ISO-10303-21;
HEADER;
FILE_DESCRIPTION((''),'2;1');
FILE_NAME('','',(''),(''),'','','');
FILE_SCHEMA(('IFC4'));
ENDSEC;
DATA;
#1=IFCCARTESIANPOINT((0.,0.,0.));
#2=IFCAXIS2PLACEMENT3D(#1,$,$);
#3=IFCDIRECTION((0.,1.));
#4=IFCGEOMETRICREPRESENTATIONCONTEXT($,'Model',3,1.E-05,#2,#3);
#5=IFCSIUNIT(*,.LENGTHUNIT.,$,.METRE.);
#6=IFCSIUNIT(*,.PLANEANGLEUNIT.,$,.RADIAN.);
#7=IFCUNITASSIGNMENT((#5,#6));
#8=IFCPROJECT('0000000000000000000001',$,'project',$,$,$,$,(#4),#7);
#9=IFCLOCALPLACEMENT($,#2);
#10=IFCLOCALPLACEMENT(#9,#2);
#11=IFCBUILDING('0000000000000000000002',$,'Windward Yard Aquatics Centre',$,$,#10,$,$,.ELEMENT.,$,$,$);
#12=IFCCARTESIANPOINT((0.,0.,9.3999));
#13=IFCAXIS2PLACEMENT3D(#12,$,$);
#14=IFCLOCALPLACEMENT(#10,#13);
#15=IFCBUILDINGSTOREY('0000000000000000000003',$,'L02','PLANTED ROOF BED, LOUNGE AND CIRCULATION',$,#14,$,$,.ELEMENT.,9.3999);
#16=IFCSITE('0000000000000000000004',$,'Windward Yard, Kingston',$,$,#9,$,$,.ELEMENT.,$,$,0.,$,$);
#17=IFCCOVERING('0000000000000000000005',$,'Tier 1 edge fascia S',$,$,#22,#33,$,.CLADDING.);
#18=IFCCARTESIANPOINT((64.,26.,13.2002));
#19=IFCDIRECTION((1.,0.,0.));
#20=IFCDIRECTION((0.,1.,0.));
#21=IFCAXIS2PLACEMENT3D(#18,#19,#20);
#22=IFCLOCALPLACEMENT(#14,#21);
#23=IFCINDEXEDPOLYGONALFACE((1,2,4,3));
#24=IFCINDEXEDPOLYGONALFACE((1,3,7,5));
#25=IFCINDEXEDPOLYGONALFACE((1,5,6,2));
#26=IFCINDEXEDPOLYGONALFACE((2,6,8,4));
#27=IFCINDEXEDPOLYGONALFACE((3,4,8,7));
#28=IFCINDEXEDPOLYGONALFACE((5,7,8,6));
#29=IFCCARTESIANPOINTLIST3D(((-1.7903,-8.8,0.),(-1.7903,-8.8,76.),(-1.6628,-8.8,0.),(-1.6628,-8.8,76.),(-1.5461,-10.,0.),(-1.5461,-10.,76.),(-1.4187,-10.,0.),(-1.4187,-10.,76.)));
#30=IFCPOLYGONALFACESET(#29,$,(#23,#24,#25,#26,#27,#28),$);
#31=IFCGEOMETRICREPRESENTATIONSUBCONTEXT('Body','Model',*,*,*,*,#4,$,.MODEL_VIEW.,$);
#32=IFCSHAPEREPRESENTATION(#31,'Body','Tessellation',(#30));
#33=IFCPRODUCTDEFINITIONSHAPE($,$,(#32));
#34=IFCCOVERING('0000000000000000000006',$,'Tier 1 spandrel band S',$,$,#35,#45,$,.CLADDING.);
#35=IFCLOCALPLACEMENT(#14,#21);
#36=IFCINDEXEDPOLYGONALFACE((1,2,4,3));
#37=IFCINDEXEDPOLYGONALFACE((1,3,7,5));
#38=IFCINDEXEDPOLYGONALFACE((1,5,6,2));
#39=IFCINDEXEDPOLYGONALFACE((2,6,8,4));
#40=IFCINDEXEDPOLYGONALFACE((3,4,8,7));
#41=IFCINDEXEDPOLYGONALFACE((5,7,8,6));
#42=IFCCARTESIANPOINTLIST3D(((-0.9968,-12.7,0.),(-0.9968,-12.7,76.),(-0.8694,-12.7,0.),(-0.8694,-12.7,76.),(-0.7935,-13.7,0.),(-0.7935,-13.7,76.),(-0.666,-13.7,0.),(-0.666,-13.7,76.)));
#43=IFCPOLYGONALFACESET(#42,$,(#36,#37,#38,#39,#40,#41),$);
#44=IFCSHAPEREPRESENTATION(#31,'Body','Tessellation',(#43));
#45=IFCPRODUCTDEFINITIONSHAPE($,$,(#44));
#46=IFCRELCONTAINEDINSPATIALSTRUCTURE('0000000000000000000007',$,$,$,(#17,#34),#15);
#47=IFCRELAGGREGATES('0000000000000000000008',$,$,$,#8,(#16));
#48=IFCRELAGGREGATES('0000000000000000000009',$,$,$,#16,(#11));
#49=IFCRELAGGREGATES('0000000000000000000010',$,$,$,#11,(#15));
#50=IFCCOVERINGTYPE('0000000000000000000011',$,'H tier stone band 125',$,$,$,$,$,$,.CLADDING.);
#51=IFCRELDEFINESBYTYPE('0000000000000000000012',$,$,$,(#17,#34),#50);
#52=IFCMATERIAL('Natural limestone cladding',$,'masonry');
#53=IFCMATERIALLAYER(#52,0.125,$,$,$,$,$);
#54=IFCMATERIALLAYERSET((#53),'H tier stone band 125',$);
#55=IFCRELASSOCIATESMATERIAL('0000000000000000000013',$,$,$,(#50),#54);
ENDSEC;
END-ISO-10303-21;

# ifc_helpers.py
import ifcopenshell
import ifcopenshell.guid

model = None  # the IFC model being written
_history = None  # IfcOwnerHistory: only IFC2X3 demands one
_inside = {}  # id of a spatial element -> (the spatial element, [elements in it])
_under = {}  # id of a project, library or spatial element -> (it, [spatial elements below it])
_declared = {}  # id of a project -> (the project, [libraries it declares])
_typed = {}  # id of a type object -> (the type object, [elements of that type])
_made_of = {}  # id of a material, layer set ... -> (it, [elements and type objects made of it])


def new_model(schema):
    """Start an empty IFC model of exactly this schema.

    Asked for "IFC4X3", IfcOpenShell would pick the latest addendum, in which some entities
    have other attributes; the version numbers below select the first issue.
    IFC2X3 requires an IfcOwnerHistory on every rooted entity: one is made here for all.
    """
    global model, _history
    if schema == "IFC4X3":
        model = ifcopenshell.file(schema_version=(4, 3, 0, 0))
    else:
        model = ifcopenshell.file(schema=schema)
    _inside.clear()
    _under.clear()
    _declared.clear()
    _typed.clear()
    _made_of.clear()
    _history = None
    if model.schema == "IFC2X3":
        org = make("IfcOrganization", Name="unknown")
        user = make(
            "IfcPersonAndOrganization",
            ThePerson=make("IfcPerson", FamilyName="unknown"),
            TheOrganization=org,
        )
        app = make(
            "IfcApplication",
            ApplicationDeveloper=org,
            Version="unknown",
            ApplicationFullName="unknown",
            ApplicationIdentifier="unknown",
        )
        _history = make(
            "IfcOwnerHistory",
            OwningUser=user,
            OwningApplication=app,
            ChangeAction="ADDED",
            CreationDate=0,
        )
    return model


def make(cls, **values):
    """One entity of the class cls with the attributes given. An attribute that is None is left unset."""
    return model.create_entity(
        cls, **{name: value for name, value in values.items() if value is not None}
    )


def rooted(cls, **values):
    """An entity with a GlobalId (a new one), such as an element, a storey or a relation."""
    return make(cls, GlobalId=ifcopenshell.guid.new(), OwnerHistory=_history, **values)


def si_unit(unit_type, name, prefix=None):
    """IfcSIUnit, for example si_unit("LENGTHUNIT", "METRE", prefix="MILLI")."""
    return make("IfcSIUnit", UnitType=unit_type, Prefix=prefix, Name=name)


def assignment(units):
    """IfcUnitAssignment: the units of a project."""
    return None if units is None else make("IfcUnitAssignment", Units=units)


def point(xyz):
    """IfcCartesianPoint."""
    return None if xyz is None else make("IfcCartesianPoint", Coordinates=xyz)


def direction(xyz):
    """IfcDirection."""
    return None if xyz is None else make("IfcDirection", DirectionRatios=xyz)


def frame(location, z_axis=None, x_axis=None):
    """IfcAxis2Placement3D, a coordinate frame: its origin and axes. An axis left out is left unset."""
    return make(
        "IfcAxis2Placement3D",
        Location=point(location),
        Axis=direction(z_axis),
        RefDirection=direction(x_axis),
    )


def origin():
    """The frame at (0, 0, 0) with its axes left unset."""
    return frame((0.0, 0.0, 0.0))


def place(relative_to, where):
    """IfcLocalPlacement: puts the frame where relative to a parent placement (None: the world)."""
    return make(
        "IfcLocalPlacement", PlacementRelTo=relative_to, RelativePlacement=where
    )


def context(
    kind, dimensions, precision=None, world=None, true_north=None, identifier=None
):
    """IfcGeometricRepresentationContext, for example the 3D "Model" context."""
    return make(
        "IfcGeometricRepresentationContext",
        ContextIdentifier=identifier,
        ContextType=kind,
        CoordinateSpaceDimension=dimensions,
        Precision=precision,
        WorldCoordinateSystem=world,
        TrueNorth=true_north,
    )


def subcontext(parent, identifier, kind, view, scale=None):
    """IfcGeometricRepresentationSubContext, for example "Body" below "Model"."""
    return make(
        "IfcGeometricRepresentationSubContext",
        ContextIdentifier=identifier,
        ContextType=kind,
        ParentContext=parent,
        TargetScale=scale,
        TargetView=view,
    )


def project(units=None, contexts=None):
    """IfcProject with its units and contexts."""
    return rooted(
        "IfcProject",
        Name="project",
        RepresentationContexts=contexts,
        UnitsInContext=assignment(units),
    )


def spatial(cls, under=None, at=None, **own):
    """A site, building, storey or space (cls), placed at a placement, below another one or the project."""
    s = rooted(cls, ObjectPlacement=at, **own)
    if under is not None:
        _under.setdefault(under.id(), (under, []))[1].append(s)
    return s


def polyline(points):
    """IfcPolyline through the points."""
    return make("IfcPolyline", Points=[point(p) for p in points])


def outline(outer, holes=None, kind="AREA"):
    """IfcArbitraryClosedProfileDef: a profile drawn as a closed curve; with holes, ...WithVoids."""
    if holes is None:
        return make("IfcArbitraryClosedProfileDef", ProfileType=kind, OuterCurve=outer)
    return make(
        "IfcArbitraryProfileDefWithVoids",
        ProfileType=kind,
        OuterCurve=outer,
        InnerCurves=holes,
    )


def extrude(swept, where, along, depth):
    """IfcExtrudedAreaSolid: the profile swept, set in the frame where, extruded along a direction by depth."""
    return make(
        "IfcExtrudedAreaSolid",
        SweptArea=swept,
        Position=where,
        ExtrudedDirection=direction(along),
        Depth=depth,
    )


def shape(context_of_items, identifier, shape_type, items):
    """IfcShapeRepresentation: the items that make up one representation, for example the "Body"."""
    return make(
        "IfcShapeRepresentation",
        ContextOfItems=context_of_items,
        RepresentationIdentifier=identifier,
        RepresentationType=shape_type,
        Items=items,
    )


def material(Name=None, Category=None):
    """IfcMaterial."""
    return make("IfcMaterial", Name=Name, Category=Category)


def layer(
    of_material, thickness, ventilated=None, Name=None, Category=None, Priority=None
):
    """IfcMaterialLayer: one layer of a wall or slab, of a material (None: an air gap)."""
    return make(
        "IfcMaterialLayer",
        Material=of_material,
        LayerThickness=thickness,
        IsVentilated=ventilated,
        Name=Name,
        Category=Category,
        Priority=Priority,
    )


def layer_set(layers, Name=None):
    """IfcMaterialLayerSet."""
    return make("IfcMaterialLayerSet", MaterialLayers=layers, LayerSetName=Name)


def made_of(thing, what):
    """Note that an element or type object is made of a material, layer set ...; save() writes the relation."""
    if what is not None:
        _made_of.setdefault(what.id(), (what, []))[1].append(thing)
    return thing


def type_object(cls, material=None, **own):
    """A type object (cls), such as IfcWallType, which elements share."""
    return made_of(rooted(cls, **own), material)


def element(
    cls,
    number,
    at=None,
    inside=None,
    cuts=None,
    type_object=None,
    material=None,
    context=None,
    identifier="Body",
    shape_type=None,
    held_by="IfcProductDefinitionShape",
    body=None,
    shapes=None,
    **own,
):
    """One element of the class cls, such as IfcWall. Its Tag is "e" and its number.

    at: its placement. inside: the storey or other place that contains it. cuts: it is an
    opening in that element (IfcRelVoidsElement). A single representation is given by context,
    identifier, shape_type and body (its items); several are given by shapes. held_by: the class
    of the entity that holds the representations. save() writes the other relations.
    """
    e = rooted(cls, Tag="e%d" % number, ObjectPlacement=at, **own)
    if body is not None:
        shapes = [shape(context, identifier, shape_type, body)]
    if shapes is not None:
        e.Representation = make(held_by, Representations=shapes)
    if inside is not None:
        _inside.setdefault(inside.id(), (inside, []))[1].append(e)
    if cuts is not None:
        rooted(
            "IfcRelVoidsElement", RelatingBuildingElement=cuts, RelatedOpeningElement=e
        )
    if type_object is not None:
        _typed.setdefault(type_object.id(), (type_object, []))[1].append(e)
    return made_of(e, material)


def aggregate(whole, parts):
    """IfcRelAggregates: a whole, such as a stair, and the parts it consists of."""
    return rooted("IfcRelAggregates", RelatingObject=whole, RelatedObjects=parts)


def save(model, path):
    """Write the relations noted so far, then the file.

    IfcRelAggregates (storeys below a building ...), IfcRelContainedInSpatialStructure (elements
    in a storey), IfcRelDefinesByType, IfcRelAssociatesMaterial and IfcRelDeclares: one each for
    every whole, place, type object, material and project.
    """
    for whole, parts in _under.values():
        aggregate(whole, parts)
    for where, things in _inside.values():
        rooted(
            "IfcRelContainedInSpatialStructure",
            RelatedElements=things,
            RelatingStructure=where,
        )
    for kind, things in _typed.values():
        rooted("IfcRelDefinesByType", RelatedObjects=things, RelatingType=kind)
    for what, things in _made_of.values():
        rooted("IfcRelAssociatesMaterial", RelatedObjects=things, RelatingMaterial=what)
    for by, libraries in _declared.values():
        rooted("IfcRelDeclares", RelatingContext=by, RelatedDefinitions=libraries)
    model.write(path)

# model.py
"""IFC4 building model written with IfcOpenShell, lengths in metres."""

from ifc_helpers import new_model, si_unit, direction, frame, origin, place, context, subcontext, project, spatial, polyline, outline, extrude, material, layer, layer_set, type_object, element, save


model = new_model("IFC4")

# Units and contexts
model_context = context("Model", 3, precision=1e-05, world=origin(), true_north=direction((0.0, 1.0)))
body_context = subcontext(model_context, "Body", "Model", "MODEL_VIEW")
ifc_project = project(units=[si_unit("LENGTHUNIT", "METRE"), si_unit("PLANEANGLEUNIT", "RADIAN")], contexts=[model_context])

# Site, building, storey
site_placement = place(None, origin())
site = spatial("IfcSite", under=ifc_project, at=site_placement, Name="Windward Yard, Kingston", CompositionType="ELEMENT", RefElevation=0.0)
building_placement = place(site_placement, origin())
building = spatial("IfcBuilding", under=site, at=building_placement, Name="Windward Yard Aquatics Centre", CompositionType="ELEMENT")
storey_placement = place(building_placement, frame((0.0, 0.0, 9.3999)))
storey = spatial("IfcBuildingStorey", under=building, at=storey_placement, Name="L02", Description="PLANTED ROOF BED, LOUNGE AND CIRCULATION", CompositionType="ELEMENT", Elevation=9.3999)

# Coverings
ifc_material_1 = material(Name="Natural limestone cladding", Category="masonry")
ifc_layer_1 = layer(ifc_material_1, 0.125)
ifc_layer_set_1 = layer_set([ifc_layer_1], Name="H tier stone band 125")
covering_type = type_object("IfcCoveringType", Name="H tier stone band 125", PredefinedType="CLADDING", material=ifc_layer_set_1)
covering_1_placement = place(storey_placement, frame((64.0, 26.0, 13.2002), z_axis=(1.0, 0.0, 0.0), x_axis=(0.0, 1.0, 0.0)))
element("IfcCovering", 1, at=covering_1_placement, inside=storey, type_object=covering_type, Name="Tier 1 edge fascia S", PredefinedType="CLADDING", context=body_context, shape_type="SweptSolid", body=[
    extrude(outline(polyline([(-1.5461, -10.0), (-1.4187, -10.0), (-1.6628, -8.8), (-1.7903, -8.8), (-1.5461, -10.0)])), origin(), (0.0, 0.0, 1.0), 76.0),
])
covering_2_placement = place(storey_placement, frame((64.0, 26.0, 13.2002), z_axis=(1.0, 0.0, 0.0), x_axis=(0.0, 1.0, 0.0)))
element("IfcCovering", 2, at=covering_2_placement, inside=storey, type_object=covering_type, Name="Tier 1 spandrel band S", PredefinedType="CLADDING", context=body_context, shape_type="SweptSolid", body=[
    extrude(outline(polyline([(-0.7935, -13.7), (-0.666, -13.7), (-0.8694, -12.7), (-0.9968, -12.7), (-0.7935, -13.7)])), origin(), (0.0, 0.0, 1.0), 76.0),
])

save(model, "model.ifc")
